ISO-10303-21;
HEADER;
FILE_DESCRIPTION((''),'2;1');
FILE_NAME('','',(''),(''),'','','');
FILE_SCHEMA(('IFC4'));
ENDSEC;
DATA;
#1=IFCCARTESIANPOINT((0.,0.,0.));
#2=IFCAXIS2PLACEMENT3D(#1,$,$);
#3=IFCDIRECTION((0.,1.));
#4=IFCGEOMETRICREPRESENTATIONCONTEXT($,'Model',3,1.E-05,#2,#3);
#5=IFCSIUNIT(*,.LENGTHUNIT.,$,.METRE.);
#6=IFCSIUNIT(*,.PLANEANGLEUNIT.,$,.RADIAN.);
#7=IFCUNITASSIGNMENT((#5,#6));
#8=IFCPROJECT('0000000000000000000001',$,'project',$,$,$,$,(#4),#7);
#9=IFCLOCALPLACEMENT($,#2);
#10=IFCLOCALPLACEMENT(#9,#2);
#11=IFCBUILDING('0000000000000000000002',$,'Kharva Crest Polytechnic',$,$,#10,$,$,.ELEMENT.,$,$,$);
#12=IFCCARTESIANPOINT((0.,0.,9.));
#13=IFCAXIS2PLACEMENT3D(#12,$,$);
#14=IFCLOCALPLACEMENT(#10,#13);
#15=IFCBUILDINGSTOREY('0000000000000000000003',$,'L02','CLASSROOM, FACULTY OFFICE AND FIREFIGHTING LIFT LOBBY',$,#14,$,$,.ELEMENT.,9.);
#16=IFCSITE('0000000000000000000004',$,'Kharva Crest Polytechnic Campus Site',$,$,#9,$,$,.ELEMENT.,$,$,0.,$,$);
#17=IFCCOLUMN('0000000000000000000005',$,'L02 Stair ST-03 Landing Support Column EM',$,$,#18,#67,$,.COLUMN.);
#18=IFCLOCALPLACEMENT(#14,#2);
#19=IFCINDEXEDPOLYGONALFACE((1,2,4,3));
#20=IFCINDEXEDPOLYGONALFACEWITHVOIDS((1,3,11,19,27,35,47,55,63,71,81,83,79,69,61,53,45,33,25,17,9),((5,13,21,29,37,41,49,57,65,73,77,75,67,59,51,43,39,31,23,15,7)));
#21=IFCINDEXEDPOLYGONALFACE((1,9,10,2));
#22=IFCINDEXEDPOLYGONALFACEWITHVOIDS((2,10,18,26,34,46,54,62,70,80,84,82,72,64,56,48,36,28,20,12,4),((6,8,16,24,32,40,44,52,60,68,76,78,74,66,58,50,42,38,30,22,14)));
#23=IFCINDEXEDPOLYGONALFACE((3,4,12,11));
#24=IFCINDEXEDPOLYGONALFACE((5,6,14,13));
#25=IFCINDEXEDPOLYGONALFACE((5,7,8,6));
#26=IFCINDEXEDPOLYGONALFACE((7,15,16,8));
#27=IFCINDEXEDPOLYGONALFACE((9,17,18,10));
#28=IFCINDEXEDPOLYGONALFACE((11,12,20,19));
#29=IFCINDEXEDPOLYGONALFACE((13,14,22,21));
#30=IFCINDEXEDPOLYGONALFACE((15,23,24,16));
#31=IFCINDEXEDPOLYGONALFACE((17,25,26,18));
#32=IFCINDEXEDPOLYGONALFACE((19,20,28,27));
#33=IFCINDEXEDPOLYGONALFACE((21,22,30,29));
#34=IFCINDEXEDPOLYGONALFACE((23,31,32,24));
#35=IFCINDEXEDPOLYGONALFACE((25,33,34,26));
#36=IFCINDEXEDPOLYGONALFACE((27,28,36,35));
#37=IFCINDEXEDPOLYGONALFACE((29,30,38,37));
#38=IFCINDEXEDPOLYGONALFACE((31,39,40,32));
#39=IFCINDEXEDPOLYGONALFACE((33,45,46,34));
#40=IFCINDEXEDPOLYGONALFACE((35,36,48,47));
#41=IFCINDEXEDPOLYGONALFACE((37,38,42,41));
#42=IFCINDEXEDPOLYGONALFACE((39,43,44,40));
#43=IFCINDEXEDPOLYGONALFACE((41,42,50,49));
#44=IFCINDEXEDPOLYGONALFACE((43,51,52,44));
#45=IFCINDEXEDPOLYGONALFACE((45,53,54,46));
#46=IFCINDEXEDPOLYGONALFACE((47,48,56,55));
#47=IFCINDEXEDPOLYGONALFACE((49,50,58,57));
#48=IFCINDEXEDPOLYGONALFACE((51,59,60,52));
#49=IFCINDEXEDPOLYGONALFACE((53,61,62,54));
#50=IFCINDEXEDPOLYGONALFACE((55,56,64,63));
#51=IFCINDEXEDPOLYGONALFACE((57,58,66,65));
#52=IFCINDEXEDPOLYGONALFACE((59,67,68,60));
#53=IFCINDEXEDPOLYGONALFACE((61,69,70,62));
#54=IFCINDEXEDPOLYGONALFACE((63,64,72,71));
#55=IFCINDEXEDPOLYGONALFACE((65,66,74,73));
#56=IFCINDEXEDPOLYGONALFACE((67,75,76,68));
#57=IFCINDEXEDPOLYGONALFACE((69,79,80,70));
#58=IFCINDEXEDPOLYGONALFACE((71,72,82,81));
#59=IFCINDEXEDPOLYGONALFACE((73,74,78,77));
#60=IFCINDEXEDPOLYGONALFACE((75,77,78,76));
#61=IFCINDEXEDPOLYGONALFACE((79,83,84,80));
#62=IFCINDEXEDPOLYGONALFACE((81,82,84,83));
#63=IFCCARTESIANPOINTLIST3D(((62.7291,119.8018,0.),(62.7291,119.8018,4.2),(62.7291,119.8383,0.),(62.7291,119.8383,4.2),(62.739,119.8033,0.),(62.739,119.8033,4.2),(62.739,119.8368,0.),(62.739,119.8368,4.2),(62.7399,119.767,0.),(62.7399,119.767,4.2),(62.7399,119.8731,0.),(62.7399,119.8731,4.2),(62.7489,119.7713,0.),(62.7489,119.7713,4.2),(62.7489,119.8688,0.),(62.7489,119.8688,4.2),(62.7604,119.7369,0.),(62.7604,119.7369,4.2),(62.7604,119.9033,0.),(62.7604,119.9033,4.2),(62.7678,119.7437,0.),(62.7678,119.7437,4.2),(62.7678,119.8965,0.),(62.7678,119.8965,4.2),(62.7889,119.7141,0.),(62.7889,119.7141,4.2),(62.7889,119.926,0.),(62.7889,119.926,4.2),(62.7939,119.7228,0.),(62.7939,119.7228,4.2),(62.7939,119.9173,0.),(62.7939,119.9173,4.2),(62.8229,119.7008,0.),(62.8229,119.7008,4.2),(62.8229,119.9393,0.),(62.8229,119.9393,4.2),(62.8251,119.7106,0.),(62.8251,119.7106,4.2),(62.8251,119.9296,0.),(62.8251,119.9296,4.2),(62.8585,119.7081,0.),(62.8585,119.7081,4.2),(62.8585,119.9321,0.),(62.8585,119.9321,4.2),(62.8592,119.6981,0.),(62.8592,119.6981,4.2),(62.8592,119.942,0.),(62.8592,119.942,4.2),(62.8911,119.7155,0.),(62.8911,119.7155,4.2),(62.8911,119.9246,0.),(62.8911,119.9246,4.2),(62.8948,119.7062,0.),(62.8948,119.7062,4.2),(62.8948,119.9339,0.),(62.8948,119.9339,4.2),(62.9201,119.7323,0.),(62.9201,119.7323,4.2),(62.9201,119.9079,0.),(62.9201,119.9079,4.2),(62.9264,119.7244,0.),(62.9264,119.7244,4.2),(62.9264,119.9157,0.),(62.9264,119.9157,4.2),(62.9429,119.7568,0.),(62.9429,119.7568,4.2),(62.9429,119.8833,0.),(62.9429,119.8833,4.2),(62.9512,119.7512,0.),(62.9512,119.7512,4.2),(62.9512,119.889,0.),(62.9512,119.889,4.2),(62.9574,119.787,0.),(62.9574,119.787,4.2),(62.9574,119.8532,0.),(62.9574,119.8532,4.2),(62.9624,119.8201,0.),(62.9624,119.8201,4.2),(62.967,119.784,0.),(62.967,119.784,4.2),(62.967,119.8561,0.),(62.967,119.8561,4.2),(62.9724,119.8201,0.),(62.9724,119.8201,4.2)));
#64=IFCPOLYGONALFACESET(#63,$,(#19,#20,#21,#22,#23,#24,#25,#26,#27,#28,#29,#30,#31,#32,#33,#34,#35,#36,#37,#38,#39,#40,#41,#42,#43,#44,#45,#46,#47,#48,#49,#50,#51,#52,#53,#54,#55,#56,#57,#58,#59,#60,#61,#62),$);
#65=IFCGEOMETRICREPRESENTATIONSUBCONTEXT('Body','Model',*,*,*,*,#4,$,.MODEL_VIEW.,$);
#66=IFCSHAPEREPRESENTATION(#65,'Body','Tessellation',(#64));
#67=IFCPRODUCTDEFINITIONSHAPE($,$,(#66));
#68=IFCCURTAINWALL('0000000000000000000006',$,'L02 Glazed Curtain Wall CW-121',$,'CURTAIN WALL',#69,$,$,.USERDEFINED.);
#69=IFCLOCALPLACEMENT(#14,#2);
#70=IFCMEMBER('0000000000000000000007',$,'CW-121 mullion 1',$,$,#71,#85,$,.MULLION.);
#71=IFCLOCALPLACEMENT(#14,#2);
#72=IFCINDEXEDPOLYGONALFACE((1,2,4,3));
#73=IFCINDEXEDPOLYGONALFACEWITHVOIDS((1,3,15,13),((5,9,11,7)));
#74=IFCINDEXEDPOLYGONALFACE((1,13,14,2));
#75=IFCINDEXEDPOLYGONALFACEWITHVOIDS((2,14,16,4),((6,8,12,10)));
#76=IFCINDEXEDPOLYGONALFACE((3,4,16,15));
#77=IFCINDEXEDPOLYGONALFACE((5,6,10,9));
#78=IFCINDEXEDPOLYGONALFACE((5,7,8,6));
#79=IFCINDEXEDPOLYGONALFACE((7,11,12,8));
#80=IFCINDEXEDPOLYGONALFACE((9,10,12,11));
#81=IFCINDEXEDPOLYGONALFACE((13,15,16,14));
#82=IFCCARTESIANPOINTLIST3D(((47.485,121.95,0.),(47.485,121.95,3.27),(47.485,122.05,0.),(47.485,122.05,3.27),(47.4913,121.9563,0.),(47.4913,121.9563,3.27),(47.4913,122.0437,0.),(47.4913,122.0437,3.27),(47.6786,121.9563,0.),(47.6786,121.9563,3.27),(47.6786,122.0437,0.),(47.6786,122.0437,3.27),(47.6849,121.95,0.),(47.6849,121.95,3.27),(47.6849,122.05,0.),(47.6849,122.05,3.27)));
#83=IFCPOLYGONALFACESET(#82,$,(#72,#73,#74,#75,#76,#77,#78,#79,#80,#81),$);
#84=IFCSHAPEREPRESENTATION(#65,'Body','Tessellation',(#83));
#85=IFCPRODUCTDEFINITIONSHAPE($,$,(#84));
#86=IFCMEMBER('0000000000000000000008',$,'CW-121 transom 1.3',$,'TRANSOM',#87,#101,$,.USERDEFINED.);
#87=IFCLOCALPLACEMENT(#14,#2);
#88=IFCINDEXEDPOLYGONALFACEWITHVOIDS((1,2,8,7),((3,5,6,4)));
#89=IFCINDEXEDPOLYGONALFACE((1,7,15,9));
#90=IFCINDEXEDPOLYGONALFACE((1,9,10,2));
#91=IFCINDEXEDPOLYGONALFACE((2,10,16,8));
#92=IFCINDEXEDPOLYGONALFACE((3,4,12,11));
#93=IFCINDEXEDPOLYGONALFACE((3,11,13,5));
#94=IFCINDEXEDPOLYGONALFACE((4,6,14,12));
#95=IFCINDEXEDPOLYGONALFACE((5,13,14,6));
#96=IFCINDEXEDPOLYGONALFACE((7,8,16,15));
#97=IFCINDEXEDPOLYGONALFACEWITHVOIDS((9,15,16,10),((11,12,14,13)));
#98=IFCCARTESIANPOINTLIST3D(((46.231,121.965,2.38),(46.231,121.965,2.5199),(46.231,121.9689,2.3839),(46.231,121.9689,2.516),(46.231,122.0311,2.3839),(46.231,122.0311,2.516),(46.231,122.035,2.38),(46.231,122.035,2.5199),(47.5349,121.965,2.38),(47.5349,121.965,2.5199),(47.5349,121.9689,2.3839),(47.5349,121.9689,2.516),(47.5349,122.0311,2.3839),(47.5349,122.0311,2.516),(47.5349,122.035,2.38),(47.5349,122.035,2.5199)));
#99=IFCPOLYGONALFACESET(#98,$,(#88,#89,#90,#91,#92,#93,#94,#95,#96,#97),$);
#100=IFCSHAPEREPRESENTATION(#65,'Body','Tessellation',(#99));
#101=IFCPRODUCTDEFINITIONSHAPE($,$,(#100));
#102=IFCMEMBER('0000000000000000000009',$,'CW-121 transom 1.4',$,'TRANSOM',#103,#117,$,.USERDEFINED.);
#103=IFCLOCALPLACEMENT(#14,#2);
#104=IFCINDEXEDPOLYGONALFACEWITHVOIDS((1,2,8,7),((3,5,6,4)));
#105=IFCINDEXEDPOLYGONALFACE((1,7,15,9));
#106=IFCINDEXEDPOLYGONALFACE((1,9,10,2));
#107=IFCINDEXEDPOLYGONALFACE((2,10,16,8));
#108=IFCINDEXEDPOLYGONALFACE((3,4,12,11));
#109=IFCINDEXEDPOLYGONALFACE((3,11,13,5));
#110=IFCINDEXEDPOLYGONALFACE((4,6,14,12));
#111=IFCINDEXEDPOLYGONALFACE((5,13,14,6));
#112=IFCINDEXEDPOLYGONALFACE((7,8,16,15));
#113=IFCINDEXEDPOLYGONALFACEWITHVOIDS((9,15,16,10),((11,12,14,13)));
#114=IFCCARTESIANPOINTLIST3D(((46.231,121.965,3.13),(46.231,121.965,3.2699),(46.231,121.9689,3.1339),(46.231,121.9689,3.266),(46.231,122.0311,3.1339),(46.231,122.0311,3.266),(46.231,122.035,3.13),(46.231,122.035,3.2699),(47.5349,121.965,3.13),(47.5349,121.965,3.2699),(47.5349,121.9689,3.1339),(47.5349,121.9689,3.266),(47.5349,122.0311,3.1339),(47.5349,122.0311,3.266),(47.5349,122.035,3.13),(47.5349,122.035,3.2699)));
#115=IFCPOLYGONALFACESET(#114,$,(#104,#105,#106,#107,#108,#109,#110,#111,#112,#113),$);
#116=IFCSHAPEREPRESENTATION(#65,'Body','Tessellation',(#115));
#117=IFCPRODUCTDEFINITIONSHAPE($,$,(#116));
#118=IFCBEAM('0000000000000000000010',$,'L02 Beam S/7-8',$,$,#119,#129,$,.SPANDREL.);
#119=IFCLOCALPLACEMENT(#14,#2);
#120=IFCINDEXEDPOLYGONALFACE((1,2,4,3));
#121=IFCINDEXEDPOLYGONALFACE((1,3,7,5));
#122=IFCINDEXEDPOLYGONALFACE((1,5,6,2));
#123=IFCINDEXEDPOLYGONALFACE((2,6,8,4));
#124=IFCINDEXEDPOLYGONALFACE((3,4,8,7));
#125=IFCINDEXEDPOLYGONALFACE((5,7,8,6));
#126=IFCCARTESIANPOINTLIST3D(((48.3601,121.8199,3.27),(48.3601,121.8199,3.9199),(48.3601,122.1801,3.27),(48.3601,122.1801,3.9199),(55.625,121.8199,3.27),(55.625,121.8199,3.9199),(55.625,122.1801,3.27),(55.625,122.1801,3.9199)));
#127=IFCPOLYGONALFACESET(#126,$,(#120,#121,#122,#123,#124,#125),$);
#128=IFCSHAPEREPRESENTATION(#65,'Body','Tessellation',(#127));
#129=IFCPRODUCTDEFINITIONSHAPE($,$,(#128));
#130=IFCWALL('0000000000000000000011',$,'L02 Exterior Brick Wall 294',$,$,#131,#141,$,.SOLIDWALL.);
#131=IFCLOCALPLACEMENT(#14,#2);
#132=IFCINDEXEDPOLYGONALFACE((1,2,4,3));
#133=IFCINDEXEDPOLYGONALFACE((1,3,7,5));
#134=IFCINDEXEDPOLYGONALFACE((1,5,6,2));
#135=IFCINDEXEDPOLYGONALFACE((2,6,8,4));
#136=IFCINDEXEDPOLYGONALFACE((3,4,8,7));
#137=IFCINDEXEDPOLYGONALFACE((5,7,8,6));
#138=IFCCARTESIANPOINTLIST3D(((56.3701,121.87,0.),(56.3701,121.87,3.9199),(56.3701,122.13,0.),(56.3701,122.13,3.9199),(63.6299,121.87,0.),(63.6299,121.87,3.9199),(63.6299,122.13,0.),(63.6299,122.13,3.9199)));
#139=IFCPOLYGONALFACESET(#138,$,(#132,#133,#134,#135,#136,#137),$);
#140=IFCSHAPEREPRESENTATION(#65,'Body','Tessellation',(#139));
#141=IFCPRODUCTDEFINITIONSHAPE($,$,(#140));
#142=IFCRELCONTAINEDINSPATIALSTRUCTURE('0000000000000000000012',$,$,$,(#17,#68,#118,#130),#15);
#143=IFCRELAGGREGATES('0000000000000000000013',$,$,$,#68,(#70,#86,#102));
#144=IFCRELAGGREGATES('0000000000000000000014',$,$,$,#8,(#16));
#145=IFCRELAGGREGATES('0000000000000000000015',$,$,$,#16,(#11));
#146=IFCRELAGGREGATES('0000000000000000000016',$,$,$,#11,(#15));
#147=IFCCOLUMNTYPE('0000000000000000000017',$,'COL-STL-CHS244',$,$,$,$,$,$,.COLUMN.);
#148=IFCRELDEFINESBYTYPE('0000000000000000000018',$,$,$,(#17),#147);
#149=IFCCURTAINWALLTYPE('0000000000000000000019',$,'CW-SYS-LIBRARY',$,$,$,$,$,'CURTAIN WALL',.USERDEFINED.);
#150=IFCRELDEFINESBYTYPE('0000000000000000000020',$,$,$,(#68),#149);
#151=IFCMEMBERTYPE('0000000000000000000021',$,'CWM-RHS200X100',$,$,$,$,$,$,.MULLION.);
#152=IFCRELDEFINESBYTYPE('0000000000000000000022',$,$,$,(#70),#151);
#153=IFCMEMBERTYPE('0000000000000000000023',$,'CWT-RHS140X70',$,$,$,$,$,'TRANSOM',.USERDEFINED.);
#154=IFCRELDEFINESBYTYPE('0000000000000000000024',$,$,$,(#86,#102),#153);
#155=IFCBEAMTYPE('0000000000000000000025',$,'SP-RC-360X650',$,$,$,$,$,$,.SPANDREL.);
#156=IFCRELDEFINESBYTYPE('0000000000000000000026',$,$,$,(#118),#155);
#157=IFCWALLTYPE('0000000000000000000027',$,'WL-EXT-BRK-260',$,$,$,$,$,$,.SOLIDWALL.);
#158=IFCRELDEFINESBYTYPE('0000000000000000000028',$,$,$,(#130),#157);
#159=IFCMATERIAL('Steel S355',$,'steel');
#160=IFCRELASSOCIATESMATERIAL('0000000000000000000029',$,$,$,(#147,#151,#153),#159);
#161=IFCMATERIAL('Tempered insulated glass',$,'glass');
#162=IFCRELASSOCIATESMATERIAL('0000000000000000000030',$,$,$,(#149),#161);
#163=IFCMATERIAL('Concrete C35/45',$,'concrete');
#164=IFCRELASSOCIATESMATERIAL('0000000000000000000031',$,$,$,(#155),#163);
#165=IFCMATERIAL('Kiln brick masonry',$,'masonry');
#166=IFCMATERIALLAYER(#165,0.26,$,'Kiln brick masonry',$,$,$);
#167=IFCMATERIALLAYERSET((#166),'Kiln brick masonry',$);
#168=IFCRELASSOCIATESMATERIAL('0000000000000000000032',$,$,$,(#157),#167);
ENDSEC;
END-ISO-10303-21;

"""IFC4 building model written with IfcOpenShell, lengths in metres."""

from ifc_helpers import new_model, si_unit, direction, frame, frame_2d, origin, origin_2d, place, context, subcontext, project, spatial, rectangle, hollow_rectangle, hollow_circle, extrude, material, layer, layer_set, material_profile, profile_set, type_object, element, aggregate, save


model = new_model("IFC4")

# Units and contexts
model_context = context("Model", 3, precision=1e-05, world=origin(), true_north=direction((0.0, 1.0)))
body_context = subcontext(model_context, "Body", "Model", "MODEL_VIEW")
ifc_project = project(units=[si_unit("LENGTHUNIT", "METRE"), si_unit("PLANEANGLEUNIT", "RADIAN")], contexts=[model_context])

# Site, building, storey
site_placement = place(None, origin())
site = spatial("IfcSite", under=ifc_project, at=site_placement, Name="Kharva Crest Polytechnic Campus Site", CompositionType="ELEMENT", RefElevation=0.0)
building_placement = place(site_placement, origin())
building = spatial("IfcBuilding", under=site, at=building_placement, Name="Kharva Crest Polytechnic", CompositionType="ELEMENT")
storey_placement = place(building_placement, frame((0.0, 0.0, 9.0)))
storey = spatial("IfcBuildingStorey", under=building, at=storey_placement, Name="L02", Description="CLASSROOM, FACULTY OFFICE AND FIREFIGHTING LIFT LOBBY", CompositionType="ELEMENT", Elevation=9.0)

# Column
ifc_material_1 = material(Name="Steel S355", Category="steel")
ifc_material_profile_1 = material_profile(ifc_material_1, hollow_circle(Radius=0.1223, WallThickness=0.01, at=origin_2d()), Name="CHS 244.5X10.0")
ifc_profile_set_1 = profile_set([ifc_material_profile_1], Name="Steel S355")
column_type_1 = type_object("IfcColumnType", Name="COL-STL-CHS244", PredefinedType="COLUMN", material=ifc_profile_set_1)
for number, where, z_axis, x_axis, name in (
    (1, (62.8501, 119.8201, 0.0), (0.0, 0.0, 1.0), (1.0, 0.0, 0.0), "L02 Stair ST-03 Landing Support Column EM"),
):
    element("IfcColumn", number, at=place(storey_placement, frame(where, z_axis=z_axis, x_axis=x_axis)), inside=storey, type_object=column_type_1, Name=name, PredefinedType="COLUMN", context=body_context, shape_type="SweptSolid", body=[
        extrude(hollow_circle(Radius=0.1223, WallThickness=0.01, at=origin_2d()), origin(), (0.0, 0.0, 1.0), 4.2),
    ])

# Curtain wall, members
ifc_material_2 = material(Name="Tempered insulated glass", Category="glass")
curtain_wall_type = type_object("IfcCurtainWallType", Name="CW-SYS-LIBRARY", ElementType="CURTAIN WALL", PredefinedType="USERDEFINED", material=ifc_material_2)
curtain_wall_placement = place(storey_placement, origin())
curtain_wall = element("IfcCurtainWall", 2, at=curtain_wall_placement, inside=storey, type_object=curtain_wall_type, Name="L02 Glazed Curtain Wall CW-121", ObjectType="CURTAIN WALL", PredefinedType="USERDEFINED")
ifc_material_profile_2 = material_profile(ifc_material_1, hollow_rectangle(XDim=0.1001, YDim=0.2, WallThickness=0.0063, at=origin_2d()), Name="RHS 200X100X6.3")
ifc_profile_set_2 = profile_set([ifc_material_profile_2], Name="Steel S355")
member_type_1 = type_object("IfcMemberType", Name="CWM-RHS200X100", PredefinedType="MULLION", material=ifc_profile_set_2)
member_1_placement = place(storey_placement, frame((47.585, 122.0, 0.0), z_axis=(0.0, 0.0, 1.0), x_axis=(0.0, -1.0, 0.0)))
member_1 = element("IfcMember", 3, at=member_1_placement, type_object=member_type_1, Name="CW-121 mullion 1", PredefinedType="MULLION", context=body_context, shape_type="SweptSolid", body=[
    extrude(hollow_rectangle(XDim=0.1001, YDim=0.2, WallThickness=0.0063, at=origin_2d()), origin(), (0.0, 0.0, 1.0), 3.27),
])
ifc_material_profile_3 = material_profile(ifc_material_1, hollow_rectangle(XDim=0.0701, YDim=0.1399, WallThickness=0.0039, at=origin_2d()), Name="RHS 140X70X4.0")
ifc_profile_set_3 = profile_set([ifc_material_profile_3], Name="Steel S355")
member_type_2 = type_object("IfcMemberType", Name="CWT-RHS140X70", ElementType="TRANSOM", PredefinedType="USERDEFINED", material=ifc_profile_set_3)
member_2_placement = place(storey_placement, frame((47.5349, 122.0, 2.45), z_axis=(-1.0, 0.0, 0.0), x_axis=(0.0, -1.0, 0.0)))
member_2 = element("IfcMember", 4, at=member_2_placement, type_object=member_type_2, Name="CW-121 transom 1.3", ObjectType="TRANSOM", PredefinedType="USERDEFINED", context=body_context, shape_type="SweptSolid", body=[
    extrude(hollow_rectangle(XDim=0.0701, YDim=0.1399, WallThickness=0.0039, at=origin_2d()), origin(), (0.0, 0.0, 1.0), 1.304),
])
member_3_placement = place(storey_placement, frame((47.5349, 122.0, 3.2), z_axis=(-1.0, 0.0, 0.0), x_axis=(0.0, -1.0, 0.0)))
member_3 = element("IfcMember", 5, at=member_3_placement, type_object=member_type_2, Name="CW-121 transom 1.4", ObjectType="TRANSOM", PredefinedType="USERDEFINED", context=body_context, shape_type="SweptSolid", body=[
    extrude(hollow_rectangle(XDim=0.0701, YDim=0.1399, WallThickness=0.0039, at=origin_2d()), origin(), (0.0, 0.0, 1.0), 1.304),
])
aggregate(curtain_wall, [member_1, member_2, member_3])

# Beam
ifc_material_3 = material(Name="Concrete C35/45", Category="concrete")
ifc_material_profile_4 = material_profile(ifc_material_3, rectangle(XDim=0.3601, YDim=0.6499, at=origin_2d()), Name="RECT 360 X 650")
ifc_profile_set_4 = profile_set([ifc_material_profile_4], Name="Concrete C35/45")
beam_type = type_object("IfcBeamType", Name="SP-RC-360X650", PredefinedType="SPANDREL", material=ifc_profile_set_4)
beam_placement = place(storey_placement, frame((48.3601, 122.0, 3.595), z_axis=(1.0, 0.0, 0.0), x_axis=(0.0, 1.0, 0.0)))
element("IfcBeam", 6, at=beam_placement, inside=storey, type_object=beam_type, Name="L02 Beam S/7-8", PredefinedType="SPANDREL", context=body_context, shape_type="SweptSolid", body=[
    extrude(rectangle(XDim=0.3601, YDim=0.6499, at=origin_2d()), origin(), (0.0, 0.0, 1.0), 7.2649),
])

# Wall
ifc_material_4 = material(Name="Kiln brick masonry", Category="masonry")
ifc_layer_1 = layer(ifc_material_4, 0.26, Name="Kiln brick masonry")
ifc_layer_set_1 = layer_set([ifc_layer_1], Name="Kiln brick masonry")
wall_type_1 = type_object("IfcWallType", Name="WL-EXT-BRK-260", PredefinedType="SOLIDWALL", material=ifc_layer_set_1)
wall_1_placement = place(storey_placement, frame((63.6299, 122.0, 0.0), z_axis=(0.0, 0.0, 1.0), x_axis=(-1.0, 0.0, 0.0)))
element("IfcWall", 7, at=wall_1_placement, inside=storey, type_object=wall_type_1, Name="L02 Exterior Brick Wall 294", PredefinedType="SOLIDWALL", context=body_context, shape_type="SweptSolid", body=[
    extrude(rectangle(XDim=7.2598, YDim=0.26, at=frame_2d((3.6299, 0.0))), origin(), (0.0, 0.0, 1.0), 3.9199),
])

save(model, "model.ifc")
